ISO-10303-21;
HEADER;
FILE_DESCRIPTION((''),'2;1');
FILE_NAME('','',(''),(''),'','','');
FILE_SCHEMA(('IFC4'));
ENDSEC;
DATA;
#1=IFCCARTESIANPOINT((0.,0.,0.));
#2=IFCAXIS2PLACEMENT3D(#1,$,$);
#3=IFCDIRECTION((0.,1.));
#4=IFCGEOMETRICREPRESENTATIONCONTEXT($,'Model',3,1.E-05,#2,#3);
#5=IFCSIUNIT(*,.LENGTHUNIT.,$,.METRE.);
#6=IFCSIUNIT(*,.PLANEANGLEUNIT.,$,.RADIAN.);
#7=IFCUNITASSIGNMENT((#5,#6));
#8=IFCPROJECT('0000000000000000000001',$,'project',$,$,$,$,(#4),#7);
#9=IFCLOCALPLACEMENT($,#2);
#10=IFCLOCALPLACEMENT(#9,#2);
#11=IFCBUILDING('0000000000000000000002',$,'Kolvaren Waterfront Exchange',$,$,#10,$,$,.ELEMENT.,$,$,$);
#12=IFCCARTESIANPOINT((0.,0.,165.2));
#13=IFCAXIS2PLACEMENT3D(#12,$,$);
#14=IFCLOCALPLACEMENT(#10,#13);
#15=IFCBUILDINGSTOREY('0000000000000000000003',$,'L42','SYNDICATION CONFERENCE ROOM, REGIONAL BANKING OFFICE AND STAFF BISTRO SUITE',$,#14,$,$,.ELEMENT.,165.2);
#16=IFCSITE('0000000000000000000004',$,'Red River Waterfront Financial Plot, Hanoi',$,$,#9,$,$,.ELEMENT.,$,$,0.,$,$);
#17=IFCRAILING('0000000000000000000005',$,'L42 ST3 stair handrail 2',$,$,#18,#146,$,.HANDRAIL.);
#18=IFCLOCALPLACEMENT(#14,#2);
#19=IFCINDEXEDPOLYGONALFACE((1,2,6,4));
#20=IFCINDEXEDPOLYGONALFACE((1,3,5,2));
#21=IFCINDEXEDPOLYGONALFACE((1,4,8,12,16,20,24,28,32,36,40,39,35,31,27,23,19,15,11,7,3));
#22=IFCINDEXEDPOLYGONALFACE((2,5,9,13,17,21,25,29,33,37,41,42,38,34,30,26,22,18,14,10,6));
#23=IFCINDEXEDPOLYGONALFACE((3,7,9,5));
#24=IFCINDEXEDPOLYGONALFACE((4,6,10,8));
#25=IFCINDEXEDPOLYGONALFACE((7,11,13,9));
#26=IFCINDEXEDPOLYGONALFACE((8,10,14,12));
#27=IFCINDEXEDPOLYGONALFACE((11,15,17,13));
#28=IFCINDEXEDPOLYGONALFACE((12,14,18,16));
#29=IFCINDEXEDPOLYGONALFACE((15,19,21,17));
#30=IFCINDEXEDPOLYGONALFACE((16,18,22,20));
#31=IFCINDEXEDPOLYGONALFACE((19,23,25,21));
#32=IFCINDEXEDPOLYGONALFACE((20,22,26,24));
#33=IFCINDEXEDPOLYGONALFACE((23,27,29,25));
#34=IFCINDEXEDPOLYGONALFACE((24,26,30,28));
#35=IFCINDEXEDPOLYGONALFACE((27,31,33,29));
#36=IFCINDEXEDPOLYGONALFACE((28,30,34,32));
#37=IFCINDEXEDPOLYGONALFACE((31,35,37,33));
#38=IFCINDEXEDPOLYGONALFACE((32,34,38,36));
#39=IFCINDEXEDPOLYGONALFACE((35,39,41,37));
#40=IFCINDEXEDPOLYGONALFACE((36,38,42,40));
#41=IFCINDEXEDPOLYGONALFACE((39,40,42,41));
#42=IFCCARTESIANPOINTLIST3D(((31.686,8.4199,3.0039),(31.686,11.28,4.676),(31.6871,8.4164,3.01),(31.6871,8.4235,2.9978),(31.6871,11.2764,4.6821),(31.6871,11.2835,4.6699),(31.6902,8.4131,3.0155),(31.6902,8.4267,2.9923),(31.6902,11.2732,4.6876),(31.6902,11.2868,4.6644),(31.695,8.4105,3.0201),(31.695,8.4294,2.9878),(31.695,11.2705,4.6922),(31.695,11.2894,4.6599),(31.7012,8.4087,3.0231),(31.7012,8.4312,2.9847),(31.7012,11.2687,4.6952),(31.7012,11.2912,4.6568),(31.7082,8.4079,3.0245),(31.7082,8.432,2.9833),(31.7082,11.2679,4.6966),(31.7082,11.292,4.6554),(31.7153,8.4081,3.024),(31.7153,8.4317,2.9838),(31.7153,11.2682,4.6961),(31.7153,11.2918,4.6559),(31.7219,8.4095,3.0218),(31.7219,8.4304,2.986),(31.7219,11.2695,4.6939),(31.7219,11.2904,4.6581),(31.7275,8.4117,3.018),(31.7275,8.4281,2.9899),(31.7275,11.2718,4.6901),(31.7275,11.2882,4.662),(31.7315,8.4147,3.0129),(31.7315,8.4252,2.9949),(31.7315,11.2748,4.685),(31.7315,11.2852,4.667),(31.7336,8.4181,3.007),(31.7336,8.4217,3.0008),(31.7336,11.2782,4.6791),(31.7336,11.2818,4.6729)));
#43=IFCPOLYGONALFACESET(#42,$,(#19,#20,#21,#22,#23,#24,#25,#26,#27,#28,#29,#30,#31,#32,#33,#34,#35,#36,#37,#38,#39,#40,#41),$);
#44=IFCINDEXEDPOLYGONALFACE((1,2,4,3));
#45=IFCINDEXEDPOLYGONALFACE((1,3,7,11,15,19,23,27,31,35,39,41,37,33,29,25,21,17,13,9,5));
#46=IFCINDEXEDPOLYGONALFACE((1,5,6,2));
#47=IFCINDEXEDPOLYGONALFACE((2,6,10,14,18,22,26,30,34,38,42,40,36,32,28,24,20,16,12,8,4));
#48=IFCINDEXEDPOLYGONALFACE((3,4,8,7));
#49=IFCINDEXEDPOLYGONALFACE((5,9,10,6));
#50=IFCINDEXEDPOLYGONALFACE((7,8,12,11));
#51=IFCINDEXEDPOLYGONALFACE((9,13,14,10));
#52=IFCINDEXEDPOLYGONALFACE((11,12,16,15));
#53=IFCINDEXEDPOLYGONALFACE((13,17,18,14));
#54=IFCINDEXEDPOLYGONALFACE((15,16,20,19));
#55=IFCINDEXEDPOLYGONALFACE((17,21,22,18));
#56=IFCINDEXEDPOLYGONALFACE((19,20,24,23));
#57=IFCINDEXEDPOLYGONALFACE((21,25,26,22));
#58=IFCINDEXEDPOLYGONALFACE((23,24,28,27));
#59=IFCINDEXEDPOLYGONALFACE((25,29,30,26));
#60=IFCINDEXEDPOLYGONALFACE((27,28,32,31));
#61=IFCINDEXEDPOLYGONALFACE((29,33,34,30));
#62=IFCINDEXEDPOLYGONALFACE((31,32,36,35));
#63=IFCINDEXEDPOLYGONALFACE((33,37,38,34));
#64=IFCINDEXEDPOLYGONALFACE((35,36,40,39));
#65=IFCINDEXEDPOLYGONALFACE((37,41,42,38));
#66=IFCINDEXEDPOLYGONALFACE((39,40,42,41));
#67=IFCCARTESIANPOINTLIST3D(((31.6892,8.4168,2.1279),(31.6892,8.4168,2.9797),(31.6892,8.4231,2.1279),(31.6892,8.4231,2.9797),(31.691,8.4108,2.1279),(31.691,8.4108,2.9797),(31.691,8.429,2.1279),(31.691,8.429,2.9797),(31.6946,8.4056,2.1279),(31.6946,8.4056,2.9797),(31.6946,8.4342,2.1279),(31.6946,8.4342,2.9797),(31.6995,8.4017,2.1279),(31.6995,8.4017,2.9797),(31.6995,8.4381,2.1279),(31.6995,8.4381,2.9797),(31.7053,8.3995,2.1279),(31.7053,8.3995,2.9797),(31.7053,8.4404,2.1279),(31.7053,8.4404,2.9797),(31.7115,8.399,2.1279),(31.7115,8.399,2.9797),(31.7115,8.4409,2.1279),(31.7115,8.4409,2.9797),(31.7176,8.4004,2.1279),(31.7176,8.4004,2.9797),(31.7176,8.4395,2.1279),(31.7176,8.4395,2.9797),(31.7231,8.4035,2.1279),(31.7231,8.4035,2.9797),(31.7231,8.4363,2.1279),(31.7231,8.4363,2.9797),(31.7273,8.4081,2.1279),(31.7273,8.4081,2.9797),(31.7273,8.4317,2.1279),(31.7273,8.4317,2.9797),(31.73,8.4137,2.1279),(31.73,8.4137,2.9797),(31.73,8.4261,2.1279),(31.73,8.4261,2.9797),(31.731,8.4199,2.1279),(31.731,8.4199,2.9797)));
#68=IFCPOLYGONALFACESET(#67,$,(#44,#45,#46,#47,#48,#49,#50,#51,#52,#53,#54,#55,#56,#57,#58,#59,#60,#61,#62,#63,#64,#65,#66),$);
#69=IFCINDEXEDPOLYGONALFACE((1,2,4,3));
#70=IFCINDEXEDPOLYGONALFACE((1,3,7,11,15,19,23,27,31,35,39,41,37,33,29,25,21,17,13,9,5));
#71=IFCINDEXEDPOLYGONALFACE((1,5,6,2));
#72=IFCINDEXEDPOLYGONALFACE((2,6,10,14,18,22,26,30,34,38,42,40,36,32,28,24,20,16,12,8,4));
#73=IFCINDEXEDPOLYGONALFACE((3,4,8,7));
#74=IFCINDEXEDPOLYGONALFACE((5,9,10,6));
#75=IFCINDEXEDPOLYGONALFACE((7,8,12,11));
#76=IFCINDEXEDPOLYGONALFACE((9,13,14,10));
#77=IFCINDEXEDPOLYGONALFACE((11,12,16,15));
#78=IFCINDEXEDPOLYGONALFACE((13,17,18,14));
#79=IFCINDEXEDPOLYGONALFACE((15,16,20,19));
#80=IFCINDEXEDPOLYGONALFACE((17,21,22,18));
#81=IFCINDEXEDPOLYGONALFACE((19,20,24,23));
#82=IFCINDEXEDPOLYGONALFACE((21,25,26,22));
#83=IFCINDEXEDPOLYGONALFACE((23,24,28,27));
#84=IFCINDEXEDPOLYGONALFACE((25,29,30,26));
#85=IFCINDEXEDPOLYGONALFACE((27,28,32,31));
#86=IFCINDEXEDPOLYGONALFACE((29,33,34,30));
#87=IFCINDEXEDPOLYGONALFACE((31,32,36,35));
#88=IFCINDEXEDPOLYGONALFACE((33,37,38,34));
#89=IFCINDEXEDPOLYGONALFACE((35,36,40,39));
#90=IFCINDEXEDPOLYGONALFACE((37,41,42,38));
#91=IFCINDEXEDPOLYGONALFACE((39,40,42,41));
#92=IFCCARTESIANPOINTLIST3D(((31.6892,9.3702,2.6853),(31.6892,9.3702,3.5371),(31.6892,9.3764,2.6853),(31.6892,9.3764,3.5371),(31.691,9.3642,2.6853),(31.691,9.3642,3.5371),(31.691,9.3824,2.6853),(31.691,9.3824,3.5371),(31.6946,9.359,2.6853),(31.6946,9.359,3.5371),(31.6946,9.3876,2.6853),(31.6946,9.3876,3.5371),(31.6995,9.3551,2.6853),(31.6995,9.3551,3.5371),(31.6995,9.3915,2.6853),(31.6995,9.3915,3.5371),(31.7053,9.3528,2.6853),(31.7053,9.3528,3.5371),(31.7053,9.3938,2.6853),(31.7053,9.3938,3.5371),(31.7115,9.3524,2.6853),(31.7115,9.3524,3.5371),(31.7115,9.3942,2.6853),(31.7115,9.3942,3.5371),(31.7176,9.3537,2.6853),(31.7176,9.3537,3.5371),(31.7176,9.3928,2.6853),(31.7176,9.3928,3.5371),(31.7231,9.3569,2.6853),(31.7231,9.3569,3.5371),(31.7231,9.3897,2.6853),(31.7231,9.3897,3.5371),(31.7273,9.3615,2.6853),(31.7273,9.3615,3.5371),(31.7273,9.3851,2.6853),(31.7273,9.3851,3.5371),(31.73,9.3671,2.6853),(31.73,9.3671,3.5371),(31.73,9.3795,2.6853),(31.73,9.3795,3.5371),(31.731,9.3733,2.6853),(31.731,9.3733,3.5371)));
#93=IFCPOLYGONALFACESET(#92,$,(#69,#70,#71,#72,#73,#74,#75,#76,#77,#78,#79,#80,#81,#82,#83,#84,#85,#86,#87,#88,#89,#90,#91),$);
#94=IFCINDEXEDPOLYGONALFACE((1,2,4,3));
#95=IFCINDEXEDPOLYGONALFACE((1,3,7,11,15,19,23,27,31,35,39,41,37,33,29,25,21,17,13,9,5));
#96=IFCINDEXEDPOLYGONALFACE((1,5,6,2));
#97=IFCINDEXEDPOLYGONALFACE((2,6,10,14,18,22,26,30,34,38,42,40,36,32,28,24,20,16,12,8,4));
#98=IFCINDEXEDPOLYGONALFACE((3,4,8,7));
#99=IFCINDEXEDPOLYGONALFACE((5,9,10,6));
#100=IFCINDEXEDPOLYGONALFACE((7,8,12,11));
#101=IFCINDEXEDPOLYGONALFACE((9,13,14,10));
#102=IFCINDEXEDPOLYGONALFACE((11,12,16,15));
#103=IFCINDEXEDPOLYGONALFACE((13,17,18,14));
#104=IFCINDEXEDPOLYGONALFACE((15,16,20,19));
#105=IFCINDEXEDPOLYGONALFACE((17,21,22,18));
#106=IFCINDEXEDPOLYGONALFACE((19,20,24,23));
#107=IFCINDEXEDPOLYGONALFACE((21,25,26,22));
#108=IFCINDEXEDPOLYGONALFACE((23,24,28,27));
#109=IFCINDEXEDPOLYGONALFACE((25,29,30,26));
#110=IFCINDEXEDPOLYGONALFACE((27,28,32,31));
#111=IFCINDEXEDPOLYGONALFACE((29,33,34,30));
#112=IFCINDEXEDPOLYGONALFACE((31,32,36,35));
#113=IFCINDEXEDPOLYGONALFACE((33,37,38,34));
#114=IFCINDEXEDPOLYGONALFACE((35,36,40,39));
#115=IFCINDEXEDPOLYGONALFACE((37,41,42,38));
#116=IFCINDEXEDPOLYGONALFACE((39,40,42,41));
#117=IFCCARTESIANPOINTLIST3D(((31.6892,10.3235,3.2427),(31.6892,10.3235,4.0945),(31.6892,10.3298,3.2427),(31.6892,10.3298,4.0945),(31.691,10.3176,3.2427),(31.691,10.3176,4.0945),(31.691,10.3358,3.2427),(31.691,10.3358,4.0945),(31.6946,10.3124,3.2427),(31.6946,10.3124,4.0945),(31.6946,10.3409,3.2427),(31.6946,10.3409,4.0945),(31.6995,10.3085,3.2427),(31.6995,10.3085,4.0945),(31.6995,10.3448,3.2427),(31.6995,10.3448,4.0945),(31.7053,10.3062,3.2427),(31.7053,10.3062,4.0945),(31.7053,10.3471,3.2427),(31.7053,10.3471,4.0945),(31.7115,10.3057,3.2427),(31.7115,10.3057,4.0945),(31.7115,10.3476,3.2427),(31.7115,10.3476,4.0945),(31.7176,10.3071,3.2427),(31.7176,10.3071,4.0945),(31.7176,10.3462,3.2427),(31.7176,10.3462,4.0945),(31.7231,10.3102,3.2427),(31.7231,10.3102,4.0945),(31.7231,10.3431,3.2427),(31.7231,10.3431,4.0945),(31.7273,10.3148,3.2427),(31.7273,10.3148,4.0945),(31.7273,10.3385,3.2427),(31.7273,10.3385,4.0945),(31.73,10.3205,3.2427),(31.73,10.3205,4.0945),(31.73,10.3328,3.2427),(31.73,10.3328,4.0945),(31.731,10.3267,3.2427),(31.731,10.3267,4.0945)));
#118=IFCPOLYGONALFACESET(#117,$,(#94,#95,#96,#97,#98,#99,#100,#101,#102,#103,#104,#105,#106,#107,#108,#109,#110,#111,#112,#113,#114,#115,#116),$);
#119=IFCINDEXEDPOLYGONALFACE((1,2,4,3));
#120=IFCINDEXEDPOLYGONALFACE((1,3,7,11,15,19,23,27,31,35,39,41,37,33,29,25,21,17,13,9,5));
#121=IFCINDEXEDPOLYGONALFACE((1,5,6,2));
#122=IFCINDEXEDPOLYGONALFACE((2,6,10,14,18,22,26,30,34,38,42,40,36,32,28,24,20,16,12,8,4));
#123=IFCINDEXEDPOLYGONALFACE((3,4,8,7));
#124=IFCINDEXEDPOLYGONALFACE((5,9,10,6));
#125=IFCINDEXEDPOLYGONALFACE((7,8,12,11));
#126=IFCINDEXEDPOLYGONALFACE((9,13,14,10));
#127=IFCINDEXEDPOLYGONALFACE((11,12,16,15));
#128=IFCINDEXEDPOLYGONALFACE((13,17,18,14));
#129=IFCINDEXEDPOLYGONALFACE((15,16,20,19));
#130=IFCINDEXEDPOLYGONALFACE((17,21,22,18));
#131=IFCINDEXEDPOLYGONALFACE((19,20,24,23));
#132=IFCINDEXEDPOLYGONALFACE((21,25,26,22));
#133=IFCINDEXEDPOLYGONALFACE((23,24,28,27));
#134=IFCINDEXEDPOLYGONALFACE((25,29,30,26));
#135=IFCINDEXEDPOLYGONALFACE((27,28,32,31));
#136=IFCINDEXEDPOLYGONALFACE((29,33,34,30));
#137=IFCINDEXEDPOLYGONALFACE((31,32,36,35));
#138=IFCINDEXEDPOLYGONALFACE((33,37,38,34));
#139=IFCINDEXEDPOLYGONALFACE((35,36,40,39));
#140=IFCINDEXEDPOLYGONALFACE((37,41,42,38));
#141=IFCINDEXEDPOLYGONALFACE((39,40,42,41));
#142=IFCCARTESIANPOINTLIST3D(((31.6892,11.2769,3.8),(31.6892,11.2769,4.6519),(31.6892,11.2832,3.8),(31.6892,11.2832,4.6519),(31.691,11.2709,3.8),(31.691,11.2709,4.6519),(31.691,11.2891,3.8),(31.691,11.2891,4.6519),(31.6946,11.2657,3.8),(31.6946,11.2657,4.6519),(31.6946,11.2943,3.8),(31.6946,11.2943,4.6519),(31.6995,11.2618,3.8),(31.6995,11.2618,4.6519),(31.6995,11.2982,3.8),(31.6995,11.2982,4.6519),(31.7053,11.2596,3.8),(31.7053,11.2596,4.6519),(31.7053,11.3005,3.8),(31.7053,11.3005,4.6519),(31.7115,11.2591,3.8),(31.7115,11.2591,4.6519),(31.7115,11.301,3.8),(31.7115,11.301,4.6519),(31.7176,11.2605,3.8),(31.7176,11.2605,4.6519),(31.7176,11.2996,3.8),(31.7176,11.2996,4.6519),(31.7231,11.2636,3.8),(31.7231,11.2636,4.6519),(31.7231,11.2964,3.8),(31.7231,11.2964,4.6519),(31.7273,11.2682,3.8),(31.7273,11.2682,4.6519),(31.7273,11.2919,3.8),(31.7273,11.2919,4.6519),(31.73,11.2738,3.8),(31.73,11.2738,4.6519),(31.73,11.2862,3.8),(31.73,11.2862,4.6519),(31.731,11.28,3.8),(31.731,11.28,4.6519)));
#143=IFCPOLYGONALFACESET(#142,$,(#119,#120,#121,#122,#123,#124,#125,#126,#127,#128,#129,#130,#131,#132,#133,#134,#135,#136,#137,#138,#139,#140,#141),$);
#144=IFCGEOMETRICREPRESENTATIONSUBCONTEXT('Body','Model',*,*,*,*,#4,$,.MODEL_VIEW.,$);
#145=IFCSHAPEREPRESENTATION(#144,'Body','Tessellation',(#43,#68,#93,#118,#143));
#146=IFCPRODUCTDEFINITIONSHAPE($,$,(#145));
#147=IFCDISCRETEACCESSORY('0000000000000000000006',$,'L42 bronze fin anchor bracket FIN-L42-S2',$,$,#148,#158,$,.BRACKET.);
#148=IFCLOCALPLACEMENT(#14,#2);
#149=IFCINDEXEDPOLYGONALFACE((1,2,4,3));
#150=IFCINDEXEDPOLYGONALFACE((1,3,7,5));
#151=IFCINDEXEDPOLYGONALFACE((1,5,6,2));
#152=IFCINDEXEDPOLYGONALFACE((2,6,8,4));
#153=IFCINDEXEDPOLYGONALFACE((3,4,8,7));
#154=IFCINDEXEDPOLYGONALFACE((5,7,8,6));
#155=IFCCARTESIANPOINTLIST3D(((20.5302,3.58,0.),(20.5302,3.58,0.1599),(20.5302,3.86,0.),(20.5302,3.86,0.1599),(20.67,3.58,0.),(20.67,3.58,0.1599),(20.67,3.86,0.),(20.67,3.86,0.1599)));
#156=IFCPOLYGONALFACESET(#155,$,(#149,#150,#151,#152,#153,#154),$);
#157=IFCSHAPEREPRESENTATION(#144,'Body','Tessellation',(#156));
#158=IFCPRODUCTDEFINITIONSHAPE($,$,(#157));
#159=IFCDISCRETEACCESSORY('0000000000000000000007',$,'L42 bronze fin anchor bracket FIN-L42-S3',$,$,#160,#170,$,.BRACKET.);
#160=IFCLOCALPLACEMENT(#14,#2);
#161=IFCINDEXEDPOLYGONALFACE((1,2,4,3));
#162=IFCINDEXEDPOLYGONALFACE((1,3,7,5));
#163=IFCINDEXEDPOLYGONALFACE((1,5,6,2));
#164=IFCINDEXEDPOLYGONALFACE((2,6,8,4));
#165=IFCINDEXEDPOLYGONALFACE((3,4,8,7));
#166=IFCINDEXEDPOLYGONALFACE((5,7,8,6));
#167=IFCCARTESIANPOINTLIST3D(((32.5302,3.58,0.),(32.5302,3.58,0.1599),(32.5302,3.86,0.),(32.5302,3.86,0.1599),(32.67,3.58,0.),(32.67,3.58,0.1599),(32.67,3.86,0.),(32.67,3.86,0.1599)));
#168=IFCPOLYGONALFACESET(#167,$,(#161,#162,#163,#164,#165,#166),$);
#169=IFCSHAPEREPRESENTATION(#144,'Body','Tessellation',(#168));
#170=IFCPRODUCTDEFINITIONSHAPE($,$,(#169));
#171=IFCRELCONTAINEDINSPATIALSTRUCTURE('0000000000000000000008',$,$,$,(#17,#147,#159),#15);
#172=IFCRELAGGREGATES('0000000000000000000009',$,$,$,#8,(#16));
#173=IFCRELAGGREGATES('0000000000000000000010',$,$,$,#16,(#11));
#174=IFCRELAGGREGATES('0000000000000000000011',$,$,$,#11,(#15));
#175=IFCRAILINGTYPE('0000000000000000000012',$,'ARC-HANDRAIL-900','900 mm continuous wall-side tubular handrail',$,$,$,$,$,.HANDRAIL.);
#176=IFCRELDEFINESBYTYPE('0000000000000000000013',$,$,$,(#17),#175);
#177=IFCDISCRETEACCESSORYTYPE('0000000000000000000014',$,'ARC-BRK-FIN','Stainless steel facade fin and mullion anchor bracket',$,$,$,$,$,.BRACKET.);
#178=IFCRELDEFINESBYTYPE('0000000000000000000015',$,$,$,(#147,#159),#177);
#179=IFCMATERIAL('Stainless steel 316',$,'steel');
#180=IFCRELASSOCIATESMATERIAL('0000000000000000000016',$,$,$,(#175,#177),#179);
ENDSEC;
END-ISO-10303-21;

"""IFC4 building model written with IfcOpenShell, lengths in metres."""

from ifc_helpers import new_model, si_unit, direction, frame, origin, origin_with_axes, origin_2d, place, context, subcontext, project, spatial, rectangle, circle, extrude, source, transform, mapped, material, type_object, element, save


model = new_model("IFC4")

# Units and contexts
model_context = context("Model", 3, precision=1e-05, world=origin(), true_north=direction((0.0, 1.0)))
body_context = subcontext(model_context, "Body", "Model", "MODEL_VIEW")
ifc_project = project(units=[si_unit("LENGTHUNIT", "METRE"), si_unit("PLANEANGLEUNIT", "RADIAN")], contexts=[model_context])

# Site, building, storey
site_placement = place(None, origin())
site = spatial("IfcSite", under=ifc_project, at=site_placement, Name="Red River Waterfront Financial Plot, Hanoi", CompositionType="ELEMENT", RefElevation=0.0)
building_placement = place(site_placement, origin())
building = spatial("IfcBuilding", under=site, at=building_placement, Name="Kolvaren Waterfront Exchange", CompositionType="ELEMENT")
storey_placement = place(building_placement, frame((0.0, 0.0, 165.2)))
storey = spatial("IfcBuildingStorey", under=building, at=storey_placement, Name="L42", Description="SYNDICATION CONFERENCE ROOM, REGIONAL BANKING OFFICE AND STAFF BISTRO SUITE", CompositionType="ELEMENT", Elevation=165.2)

# Railing
ifc_material_1 = material(Name="Stainless steel 316", Category="steel")
railing_type_1 = type_object("IfcRailingType", Name="ARC-HANDRAIL-900", Description="900 mm continuous wall-side tubular handrail", PredefinedType="HANDRAIL", material=ifc_material_1)
railing_1_placement = place(storey_placement, frame((31.71, 8.4199, 2.1279)))
element("IfcRailing", 1, at=railing_1_placement, inside=storey, type_object=railing_type_1, Name="L42 ST3 stair handrail 2", PredefinedType="HANDRAIL", context=body_context, shape_type="SweptSolid", body=[
    extrude(circle(Radius=0.0239, at=origin_2d()), frame((0.0, 0.0, 0.876), z_axis=(0.0, 0.863289, 0.504709), x_axis=(-1.0, 0.0, 0.0)), (0.0, 0.0, 1.0), 3.313),
    extrude(circle(Radius=0.021, at=origin_2d()), origin(), (0.0, 0.0, 1.0), 0.8518),
    extrude(circle(Radius=0.021, at=origin_2d()), frame((0.0, 0.9534, 0.5574)), (0.0, 0.0, 1.0), 0.8518),
    extrude(circle(Radius=0.021, at=origin_2d()), frame((0.0, 1.9067, 1.1147)), (0.0, 0.0, 1.0), 0.8518),
    extrude(circle(Radius=0.021, at=origin_2d()), frame((0.0, 2.8601, 1.6721)), (0.0, 0.0, 1.0), 0.8518),
])

# Discrete accessories
discrete_accessory_type = type_object("IfcDiscreteAccessoryType", Name="ARC-BRK-FIN", Description="Stainless steel facade fin and mullion anchor bracket", PredefinedType="BRACKET", material=ifc_material_1)
shared_shape_1 = source(origin_with_axes(), body_context, "Body", "SweptSolid", [
    extrude(rectangle(XDim=0.28, YDim=0.1399, at=origin_2d()), origin(), (0.0, 0.0, 1.0), 0.1599),
])
for number, where, z_axis, x_axis, name in (
    (2, (20.6001, 3.72, 0.0), (0.0, 0.0, 1.0), (0.0, -1.0, 0.0), "L42 bronze fin anchor bracket FIN-L42-S2"),
    (3, (32.6001, 3.72, 0.0), (0.0, 0.0, 1.0), (0.0, -1.0, 0.0), "L42 bronze fin anchor bracket FIN-L42-S3"),
):
    element("IfcDiscreteAccessory", number, at=place(storey_placement, frame(where, z_axis=z_axis, x_axis=x_axis)), inside=storey, type_object=discrete_accessory_type, Name=name, PredefinedType="BRACKET", context=body_context, shape_type="MappedRepresentation", body=[
        mapped(shared_shape_1, transform((0.0, 0.0, 0.0), x_axis=(1.0, 0.0, 0.0), y_axis=(0.0, 1.0, 0.0), z_axis=(0.0, 0.0, 1.0), scale=1.0)),
    ])

save(model, "model.ifc")
